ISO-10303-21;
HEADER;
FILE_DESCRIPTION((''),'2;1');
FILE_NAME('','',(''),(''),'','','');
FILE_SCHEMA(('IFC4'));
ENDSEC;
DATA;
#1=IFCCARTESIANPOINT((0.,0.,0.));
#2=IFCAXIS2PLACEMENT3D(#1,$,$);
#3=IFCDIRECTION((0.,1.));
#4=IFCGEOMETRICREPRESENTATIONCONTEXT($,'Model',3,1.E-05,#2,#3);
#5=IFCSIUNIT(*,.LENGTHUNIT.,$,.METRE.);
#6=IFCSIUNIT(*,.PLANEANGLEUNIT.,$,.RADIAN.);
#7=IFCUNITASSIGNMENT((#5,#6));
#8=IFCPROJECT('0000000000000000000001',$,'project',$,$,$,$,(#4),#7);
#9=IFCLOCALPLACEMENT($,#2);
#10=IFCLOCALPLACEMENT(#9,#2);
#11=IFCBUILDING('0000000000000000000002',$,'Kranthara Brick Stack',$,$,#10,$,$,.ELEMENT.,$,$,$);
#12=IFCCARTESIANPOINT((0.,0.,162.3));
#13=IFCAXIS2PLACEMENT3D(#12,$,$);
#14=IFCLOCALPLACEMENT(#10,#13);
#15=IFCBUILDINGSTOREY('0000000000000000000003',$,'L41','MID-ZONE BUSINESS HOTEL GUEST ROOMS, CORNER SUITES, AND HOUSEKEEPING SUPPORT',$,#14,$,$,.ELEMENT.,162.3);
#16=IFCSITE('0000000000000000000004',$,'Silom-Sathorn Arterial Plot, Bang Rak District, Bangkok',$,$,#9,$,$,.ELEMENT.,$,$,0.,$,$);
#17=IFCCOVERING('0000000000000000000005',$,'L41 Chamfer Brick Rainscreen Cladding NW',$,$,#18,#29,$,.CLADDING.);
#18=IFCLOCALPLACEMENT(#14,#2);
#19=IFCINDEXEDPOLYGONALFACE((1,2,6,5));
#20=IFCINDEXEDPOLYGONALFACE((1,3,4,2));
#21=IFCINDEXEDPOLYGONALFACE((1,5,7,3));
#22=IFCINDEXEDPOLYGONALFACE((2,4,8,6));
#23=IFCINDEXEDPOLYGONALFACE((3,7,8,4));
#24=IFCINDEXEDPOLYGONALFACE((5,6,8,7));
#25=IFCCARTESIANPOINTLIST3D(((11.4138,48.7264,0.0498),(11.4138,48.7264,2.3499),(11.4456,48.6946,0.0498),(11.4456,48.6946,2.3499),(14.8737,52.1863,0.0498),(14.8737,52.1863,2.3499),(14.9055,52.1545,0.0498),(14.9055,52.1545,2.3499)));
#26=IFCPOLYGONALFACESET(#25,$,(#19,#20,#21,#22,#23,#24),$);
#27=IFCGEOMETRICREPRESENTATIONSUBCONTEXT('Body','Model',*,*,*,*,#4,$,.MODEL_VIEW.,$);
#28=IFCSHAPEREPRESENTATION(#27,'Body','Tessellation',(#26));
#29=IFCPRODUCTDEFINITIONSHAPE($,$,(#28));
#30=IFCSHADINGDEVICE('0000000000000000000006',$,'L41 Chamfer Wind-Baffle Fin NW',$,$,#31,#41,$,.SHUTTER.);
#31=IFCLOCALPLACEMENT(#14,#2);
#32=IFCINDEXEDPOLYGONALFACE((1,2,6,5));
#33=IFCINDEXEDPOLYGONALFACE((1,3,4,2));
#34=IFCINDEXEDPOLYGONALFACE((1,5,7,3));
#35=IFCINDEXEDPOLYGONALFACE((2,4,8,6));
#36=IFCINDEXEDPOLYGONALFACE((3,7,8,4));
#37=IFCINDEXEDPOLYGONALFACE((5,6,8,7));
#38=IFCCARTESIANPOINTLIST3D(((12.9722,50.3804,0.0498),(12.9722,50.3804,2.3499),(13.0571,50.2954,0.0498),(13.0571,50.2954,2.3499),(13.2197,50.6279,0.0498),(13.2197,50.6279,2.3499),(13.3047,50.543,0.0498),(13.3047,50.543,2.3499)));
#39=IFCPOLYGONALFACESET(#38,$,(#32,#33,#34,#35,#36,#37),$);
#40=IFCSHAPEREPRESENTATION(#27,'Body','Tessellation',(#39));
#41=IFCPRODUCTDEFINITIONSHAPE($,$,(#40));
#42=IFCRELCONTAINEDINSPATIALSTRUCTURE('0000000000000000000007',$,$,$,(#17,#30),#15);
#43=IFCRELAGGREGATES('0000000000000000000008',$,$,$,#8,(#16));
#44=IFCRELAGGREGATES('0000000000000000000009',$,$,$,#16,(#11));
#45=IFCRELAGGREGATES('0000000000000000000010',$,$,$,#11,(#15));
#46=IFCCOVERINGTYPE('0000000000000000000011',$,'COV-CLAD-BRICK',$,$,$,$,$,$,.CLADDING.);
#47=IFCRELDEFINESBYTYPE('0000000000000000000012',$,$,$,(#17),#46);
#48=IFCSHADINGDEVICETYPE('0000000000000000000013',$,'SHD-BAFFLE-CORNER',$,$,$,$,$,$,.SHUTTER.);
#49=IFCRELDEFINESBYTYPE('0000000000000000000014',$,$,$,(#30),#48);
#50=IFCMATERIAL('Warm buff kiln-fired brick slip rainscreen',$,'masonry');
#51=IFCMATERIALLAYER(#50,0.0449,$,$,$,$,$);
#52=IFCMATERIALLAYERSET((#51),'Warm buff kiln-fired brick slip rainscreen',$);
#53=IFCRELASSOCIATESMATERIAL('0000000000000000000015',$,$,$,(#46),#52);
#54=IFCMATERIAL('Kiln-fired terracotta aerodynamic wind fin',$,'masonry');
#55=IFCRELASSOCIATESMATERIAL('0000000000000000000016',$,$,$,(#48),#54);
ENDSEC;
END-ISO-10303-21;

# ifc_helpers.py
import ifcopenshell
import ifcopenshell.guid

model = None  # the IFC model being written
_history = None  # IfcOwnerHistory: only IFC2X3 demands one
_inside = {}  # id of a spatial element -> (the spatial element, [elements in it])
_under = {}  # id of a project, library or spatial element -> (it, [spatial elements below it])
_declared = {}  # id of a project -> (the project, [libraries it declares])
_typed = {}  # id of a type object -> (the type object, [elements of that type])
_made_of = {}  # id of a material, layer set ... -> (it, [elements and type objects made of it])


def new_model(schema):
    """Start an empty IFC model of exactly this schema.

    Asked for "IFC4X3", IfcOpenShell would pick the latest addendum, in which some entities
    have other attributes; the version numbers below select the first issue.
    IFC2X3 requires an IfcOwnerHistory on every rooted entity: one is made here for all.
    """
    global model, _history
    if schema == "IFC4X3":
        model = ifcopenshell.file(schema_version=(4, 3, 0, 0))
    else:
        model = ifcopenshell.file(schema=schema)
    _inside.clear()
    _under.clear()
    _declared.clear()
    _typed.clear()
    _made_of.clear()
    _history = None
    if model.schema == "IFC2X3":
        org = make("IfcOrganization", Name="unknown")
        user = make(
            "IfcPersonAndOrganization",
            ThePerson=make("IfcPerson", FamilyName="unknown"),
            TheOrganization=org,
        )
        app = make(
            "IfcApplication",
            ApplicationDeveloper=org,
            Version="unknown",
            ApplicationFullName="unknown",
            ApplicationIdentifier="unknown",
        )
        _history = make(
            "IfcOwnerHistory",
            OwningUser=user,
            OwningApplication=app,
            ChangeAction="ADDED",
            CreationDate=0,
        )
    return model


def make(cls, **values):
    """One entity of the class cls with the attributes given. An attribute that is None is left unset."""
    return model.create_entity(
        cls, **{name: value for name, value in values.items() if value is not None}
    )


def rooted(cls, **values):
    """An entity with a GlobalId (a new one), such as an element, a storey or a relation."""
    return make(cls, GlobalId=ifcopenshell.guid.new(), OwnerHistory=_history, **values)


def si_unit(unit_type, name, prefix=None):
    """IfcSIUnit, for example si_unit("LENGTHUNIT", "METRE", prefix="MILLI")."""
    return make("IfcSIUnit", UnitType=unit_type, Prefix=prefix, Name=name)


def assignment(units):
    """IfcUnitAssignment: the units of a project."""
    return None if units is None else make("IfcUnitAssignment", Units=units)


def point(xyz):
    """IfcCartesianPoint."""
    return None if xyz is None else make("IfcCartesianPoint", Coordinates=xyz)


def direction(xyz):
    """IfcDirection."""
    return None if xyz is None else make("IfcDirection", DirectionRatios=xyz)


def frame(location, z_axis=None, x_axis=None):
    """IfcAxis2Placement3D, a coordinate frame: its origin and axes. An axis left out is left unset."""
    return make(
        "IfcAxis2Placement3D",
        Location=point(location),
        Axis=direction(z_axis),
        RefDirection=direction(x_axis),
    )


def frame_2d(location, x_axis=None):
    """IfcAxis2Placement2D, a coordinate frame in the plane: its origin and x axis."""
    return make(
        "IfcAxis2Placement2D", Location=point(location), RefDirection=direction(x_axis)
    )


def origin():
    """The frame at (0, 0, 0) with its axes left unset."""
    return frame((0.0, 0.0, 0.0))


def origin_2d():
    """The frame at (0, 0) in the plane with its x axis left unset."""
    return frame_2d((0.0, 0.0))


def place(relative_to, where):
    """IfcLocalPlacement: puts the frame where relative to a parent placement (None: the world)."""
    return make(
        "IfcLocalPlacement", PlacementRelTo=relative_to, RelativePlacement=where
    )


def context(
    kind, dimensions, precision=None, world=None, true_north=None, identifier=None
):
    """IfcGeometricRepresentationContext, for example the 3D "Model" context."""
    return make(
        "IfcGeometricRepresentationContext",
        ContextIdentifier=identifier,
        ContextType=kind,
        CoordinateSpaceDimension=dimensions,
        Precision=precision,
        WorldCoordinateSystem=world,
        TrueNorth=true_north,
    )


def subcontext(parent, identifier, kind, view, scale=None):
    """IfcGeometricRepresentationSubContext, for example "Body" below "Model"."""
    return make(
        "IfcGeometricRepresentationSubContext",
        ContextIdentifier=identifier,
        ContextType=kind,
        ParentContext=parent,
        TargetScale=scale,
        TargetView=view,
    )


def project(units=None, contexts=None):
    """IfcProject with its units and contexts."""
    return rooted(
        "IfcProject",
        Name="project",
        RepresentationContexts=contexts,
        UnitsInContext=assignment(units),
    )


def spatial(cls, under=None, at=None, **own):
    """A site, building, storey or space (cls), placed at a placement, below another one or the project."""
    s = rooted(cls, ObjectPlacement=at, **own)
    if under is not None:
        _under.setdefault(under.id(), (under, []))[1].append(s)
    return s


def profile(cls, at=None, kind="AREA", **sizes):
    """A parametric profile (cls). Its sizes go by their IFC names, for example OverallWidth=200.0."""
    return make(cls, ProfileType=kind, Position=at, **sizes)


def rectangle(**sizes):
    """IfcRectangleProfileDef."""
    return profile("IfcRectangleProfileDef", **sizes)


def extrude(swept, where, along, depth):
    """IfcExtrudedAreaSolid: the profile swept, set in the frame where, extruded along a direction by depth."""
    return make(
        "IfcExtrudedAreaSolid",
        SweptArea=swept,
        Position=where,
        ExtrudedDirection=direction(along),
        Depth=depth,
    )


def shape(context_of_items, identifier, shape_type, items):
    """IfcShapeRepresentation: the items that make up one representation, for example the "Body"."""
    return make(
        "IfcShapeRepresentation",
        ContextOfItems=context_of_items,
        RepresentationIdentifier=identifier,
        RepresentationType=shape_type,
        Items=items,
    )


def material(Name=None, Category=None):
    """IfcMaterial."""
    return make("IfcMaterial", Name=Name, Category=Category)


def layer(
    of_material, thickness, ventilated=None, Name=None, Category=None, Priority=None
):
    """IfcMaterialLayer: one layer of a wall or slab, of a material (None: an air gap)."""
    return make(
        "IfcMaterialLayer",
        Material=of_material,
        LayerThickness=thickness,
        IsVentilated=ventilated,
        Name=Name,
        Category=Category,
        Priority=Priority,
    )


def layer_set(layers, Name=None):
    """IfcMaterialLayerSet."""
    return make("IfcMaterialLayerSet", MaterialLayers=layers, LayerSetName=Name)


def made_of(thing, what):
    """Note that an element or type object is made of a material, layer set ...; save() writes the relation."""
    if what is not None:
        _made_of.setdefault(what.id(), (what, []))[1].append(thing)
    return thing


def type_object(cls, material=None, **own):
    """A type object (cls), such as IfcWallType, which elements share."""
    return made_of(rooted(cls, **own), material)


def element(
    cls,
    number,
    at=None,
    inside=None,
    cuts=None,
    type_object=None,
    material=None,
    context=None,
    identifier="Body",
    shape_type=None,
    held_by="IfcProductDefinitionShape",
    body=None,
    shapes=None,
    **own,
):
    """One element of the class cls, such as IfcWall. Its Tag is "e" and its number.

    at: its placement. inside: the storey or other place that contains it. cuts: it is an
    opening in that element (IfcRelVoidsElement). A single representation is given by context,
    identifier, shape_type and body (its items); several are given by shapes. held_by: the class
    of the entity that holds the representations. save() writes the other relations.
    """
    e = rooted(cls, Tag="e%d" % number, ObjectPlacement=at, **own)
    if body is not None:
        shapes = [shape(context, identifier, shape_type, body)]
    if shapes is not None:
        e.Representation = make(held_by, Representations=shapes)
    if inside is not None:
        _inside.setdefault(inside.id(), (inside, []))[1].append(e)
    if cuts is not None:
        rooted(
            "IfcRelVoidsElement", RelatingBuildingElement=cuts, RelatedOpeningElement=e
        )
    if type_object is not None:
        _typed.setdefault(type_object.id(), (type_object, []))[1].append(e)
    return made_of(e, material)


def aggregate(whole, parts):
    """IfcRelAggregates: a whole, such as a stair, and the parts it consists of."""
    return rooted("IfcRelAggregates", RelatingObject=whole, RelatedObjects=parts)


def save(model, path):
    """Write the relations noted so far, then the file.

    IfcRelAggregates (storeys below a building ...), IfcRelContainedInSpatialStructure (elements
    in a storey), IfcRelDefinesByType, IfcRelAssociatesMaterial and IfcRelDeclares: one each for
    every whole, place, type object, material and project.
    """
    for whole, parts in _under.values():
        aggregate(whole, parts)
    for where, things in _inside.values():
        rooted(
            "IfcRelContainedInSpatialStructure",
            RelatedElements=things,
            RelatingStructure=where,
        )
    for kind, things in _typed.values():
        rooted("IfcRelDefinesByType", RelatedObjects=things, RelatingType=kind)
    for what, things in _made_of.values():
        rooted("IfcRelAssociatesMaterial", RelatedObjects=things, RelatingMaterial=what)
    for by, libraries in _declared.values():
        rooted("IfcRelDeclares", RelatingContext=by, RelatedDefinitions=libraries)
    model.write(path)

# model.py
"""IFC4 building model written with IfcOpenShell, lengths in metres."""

from ifc_helpers import new_model, si_unit, direction, frame, origin, origin_2d, place, context, subcontext, project, spatial, rectangle, extrude, material, layer, layer_set, type_object, element, save


model = new_model("IFC4")

# Units and contexts
model_context = context("Model", 3, precision=1e-05, world=origin(), true_north=direction((0.0, 1.0)))
body_context = subcontext(model_context, "Body", "Model", "MODEL_VIEW")
ifc_project = project(units=[si_unit("LENGTHUNIT", "METRE"), si_unit("PLANEANGLEUNIT", "RADIAN")], contexts=[model_context])

# Site, building, storey
site_placement = place(None, origin())
site = spatial("IfcSite", under=ifc_project, at=site_placement, Name="Silom-Sathorn Arterial Plot, Bang Rak District, Bangkok", CompositionType="ELEMENT", RefElevation=0.0)
building_placement = place(site_placement, origin())
building = spatial("IfcBuilding", under=site, at=building_placement, Name="Kranthara Brick Stack", CompositionType="ELEMENT")
storey_placement = place(building_placement, frame((0.0, 0.0, 162.3)))
storey = spatial("IfcBuildingStorey", under=building, at=storey_placement, Name="L41", Description="MID-ZONE BUSINESS HOTEL GUEST ROOMS, CORNER SUITES, AND HOUSEKEEPING SUPPORT", CompositionType="ELEMENT", Elevation=162.3)

# Covering
ifc_material_1 = material(Name="Warm buff kiln-fired brick slip rainscreen", Category="masonry")
ifc_layer_1 = layer(ifc_material_1, 0.0449)
ifc_layer_set_1 = layer_set([ifc_layer_1], Name="Warm buff kiln-fired brick slip rainscreen")
covering_type = type_object("IfcCoveringType", Name="COV-CLAD-BRICK", PredefinedType="CLADDING", material=ifc_layer_set_1)
covering_placement = place(storey_placement, frame((13.1597, 50.4404, 0.0498), z_axis=(0.0, 0.0, 1.0), x_axis=(0.707107, 0.707107, 0.0)))
element("IfcCovering", 1, at=covering_placement, inside=storey, type_object=covering_type, Name="L41 Chamfer Brick Rainscreen Cladding NW", PredefinedType="CLADDING", context=body_context, shape_type="SweptSolid", body=[
    extrude(rectangle(XDim=4.8931, YDim=0.0449, at=origin_2d()), origin(), (0.0, 0.0, 1.0), 2.3),
])

# Shading device
ifc_material_2 = material(Name="Kiln-fired terracotta aerodynamic wind fin", Category="masonry")
shading_device_type = type_object("IfcShadingDeviceType", Name="SHD-BAFFLE-CORNER", PredefinedType="SHUTTER", material=ifc_material_2)
shading_device_placement = place(storey_placement, frame((13.1384, 50.4617, 0.0498), z_axis=(0.0, 0.0, 1.0), x_axis=(0.707107, 0.707107, 0.0)))
element("IfcShadingDevice", 2, at=shading_device_placement, inside=storey, type_object=shading_device_type, Name="L41 Chamfer Wind-Baffle Fin NW", PredefinedType="SHUTTER", context=body_context, shape_type="SweptSolid", body=[
    extrude(rectangle(XDim=0.3501, YDim=0.1201, at=origin_2d()), origin(), (0.0, 0.0, 1.0), 2.3),
])

save(model, "model.ifc")
